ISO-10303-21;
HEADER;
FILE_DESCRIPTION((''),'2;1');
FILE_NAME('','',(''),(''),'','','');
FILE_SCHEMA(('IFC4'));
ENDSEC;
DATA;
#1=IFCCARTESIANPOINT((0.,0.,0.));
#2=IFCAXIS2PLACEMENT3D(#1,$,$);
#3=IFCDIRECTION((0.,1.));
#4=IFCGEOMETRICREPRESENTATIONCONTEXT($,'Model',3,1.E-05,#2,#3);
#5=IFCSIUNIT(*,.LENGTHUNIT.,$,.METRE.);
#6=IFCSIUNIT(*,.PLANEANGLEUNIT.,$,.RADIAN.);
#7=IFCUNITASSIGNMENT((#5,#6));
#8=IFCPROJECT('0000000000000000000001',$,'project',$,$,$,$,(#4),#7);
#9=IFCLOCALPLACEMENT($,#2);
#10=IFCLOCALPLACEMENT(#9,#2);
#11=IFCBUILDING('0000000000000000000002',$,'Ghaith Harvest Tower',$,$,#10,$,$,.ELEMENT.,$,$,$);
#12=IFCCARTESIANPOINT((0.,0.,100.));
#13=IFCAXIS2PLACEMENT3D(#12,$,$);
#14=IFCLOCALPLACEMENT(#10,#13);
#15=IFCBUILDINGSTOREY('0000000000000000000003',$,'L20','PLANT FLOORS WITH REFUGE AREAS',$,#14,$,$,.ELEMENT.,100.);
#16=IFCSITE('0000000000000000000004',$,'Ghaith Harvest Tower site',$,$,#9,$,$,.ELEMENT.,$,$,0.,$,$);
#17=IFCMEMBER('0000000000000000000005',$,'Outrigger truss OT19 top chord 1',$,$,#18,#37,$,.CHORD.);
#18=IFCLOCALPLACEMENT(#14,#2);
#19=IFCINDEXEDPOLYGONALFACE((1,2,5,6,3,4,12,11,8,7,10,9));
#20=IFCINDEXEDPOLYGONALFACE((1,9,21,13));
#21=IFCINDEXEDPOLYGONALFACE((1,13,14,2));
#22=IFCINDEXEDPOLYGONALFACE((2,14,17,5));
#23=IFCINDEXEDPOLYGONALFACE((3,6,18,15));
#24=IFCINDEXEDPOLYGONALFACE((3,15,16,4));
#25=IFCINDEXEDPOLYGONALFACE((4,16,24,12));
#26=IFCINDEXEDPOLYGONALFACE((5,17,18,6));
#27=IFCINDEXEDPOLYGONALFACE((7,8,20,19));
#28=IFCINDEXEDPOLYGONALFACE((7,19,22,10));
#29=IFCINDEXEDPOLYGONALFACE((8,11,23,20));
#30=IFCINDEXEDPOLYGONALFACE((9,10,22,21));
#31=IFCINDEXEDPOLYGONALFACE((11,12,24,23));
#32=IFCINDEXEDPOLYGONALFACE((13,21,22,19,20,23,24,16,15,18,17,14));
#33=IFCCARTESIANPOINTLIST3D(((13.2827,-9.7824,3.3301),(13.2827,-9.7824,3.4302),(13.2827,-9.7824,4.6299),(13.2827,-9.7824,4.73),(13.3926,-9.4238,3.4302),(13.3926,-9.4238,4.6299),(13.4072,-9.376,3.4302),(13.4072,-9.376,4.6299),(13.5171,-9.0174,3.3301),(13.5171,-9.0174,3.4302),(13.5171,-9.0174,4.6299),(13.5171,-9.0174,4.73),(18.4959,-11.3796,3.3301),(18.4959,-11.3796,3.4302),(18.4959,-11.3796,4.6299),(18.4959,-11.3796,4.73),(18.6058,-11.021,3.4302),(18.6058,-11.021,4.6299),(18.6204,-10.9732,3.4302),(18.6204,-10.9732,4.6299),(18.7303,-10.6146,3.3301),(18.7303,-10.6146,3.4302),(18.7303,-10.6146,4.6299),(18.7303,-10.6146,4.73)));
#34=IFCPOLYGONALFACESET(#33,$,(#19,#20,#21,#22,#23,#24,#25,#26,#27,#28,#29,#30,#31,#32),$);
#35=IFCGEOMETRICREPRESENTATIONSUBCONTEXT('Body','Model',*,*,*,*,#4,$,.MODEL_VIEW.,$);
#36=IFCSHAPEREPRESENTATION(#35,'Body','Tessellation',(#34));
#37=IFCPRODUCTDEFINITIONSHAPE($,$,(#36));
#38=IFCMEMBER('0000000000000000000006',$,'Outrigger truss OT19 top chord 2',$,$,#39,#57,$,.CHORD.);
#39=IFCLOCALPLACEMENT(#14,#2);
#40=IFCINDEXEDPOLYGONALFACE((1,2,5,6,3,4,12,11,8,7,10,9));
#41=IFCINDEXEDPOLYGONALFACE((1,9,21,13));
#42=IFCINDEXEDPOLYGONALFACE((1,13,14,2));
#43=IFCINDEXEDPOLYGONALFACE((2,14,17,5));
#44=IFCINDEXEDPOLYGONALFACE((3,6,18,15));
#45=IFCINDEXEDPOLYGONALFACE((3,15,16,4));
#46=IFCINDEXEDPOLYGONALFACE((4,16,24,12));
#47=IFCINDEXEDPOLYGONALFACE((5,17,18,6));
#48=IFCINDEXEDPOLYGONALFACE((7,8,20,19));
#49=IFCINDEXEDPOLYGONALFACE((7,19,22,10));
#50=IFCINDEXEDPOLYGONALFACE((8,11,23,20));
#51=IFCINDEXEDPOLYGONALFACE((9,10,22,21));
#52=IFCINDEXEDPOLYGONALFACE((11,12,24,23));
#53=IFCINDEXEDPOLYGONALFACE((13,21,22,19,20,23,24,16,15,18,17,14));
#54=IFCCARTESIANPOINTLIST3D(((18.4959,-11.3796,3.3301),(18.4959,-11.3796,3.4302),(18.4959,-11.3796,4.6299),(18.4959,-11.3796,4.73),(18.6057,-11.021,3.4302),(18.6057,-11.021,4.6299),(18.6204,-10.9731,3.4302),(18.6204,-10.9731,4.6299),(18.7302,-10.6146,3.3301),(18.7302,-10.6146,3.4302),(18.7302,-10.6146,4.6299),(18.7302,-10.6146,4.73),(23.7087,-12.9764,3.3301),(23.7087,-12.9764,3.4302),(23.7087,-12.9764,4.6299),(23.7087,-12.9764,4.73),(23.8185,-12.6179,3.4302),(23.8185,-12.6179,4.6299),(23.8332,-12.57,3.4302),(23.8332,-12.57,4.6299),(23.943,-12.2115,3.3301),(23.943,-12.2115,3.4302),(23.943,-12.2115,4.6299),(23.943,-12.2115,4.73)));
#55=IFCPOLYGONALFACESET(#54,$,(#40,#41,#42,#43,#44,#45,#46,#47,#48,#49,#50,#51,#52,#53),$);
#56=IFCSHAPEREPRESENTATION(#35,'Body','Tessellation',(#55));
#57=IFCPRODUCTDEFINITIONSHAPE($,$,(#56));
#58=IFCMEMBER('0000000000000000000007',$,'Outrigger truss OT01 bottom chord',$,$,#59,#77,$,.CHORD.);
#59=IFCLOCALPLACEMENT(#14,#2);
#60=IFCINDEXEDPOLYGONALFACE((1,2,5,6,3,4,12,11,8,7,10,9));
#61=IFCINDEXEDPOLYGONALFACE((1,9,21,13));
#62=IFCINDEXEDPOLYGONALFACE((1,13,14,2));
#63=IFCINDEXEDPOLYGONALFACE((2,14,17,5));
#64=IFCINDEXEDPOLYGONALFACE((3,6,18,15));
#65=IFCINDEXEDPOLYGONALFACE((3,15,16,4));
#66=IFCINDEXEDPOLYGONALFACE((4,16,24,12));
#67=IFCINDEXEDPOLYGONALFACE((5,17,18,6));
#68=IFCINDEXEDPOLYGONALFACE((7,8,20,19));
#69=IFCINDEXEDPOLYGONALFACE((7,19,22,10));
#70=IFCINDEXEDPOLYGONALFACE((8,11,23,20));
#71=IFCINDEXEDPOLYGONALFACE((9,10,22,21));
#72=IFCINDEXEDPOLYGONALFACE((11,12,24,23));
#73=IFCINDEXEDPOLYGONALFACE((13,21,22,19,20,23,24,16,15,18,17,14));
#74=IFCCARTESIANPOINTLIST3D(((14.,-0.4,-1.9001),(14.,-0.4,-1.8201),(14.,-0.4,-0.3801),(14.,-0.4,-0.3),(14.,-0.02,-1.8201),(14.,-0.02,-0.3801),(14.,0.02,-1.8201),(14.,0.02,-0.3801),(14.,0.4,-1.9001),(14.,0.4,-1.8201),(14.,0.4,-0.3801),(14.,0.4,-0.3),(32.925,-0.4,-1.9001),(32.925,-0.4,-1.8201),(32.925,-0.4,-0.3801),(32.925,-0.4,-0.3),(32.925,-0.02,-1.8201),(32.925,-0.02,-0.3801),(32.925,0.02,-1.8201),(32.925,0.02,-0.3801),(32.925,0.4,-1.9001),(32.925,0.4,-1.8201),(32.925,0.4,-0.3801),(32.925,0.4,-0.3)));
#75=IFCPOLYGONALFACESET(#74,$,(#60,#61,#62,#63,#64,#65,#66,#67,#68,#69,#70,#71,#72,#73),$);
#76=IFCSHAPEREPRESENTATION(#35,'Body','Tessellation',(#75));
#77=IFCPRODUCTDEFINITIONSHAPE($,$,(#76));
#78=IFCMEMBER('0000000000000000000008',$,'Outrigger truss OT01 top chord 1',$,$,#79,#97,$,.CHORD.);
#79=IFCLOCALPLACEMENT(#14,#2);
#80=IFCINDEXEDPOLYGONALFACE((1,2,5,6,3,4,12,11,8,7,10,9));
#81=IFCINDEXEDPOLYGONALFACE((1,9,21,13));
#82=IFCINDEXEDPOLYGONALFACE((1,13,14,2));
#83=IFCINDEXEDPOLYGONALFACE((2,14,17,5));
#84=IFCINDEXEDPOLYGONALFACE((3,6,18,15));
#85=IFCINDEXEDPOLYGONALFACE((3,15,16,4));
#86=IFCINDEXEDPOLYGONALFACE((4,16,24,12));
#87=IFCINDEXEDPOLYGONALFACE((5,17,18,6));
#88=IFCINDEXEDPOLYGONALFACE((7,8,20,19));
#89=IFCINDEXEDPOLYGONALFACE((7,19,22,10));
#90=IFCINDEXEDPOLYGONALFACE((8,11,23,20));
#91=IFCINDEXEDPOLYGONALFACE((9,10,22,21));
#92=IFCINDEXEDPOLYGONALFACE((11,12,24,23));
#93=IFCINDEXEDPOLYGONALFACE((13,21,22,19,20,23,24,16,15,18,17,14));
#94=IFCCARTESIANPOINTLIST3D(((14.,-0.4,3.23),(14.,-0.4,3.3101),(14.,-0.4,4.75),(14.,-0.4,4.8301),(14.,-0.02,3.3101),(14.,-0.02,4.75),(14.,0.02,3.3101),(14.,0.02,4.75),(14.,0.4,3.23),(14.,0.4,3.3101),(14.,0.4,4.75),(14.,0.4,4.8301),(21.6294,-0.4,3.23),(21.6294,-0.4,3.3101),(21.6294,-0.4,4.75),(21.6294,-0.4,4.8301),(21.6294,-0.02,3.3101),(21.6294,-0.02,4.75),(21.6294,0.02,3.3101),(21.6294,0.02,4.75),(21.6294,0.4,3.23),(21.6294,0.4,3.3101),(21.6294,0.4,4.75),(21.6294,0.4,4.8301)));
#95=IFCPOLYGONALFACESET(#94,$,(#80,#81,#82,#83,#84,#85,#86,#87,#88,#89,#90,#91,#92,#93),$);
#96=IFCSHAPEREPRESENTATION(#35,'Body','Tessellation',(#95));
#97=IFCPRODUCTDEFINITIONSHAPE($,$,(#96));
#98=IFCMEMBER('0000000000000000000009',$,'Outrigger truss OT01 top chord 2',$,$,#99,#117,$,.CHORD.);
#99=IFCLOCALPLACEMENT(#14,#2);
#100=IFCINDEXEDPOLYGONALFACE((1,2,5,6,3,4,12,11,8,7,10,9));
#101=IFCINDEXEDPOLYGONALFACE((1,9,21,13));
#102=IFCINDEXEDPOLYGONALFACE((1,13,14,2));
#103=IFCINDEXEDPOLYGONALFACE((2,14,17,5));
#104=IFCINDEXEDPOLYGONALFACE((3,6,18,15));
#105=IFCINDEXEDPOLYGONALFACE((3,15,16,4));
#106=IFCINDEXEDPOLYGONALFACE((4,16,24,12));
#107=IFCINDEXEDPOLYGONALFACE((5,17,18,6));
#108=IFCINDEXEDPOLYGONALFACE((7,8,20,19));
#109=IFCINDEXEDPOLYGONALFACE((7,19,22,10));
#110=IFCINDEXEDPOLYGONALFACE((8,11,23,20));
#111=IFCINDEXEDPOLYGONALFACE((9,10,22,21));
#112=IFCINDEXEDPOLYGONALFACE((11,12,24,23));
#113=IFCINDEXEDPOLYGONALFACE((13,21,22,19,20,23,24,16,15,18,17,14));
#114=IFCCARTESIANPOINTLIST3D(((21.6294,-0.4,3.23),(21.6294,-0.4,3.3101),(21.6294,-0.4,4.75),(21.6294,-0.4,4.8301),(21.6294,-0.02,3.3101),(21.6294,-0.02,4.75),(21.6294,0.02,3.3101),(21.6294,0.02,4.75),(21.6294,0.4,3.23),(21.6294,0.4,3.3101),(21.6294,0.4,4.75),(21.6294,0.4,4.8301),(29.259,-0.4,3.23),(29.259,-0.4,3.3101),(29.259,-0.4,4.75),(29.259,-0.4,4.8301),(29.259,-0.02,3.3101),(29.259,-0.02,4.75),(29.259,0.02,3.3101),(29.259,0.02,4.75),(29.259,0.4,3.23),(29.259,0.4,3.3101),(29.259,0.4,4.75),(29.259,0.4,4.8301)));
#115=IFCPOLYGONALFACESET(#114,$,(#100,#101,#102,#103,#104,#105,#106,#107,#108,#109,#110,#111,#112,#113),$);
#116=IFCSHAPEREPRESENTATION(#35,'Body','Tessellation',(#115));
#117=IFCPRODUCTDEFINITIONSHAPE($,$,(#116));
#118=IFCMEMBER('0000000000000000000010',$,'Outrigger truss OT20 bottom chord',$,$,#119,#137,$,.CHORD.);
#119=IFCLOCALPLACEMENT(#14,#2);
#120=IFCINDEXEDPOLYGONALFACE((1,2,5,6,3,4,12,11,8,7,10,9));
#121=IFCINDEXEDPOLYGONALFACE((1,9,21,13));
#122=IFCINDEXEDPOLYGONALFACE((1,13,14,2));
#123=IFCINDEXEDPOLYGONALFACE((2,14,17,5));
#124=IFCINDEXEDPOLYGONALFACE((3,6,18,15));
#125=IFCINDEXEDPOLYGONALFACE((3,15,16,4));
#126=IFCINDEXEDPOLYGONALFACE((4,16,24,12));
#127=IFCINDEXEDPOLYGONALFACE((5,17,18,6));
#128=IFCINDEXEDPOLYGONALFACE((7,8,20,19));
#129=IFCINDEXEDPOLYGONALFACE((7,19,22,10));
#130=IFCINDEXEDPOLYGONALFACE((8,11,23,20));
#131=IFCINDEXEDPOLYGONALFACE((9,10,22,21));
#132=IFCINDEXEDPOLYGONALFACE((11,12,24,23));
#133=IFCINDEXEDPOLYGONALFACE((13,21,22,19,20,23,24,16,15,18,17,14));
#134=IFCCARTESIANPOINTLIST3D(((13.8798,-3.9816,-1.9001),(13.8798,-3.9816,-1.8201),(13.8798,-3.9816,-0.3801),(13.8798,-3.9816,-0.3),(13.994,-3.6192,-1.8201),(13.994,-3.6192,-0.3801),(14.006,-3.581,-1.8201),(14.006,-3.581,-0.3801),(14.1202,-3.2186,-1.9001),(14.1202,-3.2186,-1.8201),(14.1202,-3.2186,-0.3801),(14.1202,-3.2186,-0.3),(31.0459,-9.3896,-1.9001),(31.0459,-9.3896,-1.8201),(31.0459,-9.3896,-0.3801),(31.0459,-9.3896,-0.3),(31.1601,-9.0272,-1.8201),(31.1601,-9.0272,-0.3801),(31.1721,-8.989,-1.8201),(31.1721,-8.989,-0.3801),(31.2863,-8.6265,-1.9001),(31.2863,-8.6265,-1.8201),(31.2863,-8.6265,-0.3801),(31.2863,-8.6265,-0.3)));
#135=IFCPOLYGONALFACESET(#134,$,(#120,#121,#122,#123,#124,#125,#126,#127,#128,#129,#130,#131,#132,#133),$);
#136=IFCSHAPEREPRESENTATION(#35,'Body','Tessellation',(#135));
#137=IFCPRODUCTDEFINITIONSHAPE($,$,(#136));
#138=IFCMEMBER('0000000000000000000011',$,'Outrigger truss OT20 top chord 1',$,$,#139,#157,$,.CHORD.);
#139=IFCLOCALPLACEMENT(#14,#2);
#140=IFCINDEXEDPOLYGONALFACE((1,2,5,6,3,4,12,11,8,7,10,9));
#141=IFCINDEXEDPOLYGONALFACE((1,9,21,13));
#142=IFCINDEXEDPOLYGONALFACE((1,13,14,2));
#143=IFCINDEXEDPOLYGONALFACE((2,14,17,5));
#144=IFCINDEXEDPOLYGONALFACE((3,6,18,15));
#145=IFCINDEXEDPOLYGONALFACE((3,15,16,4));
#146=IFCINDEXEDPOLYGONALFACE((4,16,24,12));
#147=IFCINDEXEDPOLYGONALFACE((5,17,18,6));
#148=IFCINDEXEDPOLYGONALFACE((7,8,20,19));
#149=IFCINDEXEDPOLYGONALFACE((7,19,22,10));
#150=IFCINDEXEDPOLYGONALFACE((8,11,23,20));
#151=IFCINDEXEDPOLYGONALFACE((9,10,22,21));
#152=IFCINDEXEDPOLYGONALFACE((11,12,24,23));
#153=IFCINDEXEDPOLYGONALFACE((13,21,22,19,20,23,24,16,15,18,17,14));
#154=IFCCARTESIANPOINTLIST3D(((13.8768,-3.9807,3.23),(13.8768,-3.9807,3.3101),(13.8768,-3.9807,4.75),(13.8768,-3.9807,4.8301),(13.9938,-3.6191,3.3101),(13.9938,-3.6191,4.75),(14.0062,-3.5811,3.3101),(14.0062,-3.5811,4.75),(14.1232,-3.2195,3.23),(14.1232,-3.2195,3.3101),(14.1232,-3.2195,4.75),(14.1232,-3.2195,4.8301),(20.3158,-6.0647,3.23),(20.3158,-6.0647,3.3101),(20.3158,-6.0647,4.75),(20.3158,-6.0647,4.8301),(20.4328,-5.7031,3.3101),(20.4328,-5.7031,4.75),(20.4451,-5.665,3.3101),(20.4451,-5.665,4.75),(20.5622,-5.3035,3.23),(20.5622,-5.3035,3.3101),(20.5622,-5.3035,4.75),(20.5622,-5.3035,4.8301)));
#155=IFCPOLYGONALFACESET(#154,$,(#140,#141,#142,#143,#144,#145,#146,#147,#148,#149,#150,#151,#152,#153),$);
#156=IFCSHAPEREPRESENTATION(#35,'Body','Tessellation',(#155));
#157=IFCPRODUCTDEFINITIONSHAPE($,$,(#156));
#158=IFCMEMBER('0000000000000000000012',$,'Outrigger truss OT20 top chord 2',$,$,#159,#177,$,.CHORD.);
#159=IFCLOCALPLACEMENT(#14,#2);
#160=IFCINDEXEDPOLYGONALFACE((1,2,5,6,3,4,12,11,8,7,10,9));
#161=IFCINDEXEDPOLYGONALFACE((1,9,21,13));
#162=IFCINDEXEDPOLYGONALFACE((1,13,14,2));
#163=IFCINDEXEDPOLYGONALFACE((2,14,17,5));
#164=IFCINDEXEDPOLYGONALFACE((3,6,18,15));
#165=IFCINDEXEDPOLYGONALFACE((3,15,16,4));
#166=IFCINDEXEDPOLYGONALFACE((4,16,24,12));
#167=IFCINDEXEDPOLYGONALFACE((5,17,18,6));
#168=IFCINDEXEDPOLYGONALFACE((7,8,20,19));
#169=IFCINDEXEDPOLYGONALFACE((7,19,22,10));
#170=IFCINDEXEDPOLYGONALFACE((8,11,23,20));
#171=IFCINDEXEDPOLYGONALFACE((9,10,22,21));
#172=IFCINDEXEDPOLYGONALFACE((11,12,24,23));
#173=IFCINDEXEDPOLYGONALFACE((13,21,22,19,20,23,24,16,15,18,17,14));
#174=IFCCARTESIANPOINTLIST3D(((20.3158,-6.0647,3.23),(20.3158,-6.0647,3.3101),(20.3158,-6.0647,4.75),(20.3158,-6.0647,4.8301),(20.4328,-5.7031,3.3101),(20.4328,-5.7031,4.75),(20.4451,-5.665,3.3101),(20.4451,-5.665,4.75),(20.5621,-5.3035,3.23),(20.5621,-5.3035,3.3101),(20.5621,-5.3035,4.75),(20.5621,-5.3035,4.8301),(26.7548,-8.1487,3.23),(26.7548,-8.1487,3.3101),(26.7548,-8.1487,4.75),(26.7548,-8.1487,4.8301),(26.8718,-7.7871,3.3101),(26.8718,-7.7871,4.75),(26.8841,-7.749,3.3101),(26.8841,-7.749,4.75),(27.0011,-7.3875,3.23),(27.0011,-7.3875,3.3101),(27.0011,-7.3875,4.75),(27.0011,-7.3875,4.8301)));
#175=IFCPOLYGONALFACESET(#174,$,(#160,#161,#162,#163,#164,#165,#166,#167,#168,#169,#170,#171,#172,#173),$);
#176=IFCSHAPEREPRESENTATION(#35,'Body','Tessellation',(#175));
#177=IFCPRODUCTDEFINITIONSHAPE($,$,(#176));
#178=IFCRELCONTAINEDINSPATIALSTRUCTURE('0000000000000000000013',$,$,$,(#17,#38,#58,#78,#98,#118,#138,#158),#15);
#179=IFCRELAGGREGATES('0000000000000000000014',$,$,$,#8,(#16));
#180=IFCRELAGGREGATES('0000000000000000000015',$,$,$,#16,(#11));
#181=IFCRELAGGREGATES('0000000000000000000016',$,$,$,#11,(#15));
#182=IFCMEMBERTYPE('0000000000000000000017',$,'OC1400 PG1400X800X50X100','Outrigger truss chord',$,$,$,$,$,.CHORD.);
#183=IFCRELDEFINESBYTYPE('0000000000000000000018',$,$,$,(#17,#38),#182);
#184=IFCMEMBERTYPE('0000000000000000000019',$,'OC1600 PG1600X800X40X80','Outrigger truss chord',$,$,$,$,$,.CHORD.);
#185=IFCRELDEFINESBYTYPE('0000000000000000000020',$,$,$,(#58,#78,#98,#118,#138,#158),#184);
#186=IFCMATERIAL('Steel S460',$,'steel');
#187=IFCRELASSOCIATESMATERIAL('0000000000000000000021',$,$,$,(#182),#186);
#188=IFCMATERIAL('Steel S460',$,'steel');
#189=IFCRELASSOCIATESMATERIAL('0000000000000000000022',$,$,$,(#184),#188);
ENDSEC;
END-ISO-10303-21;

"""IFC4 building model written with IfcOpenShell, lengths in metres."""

from ifc_helpers import new_model, si_unit, direction, frame, origin, origin_2d, place, context, subcontext, project, spatial, i_section, extrude, material, material_profile, profile_set, type_object, element, save


model = new_model("IFC4")

# Units and contexts
model_context = context("Model", 3, precision=1e-05, world=origin(), true_north=direction((0.0, 1.0)))
body_context = subcontext(model_context, "Body", "Model", "MODEL_VIEW")
ifc_project = project(units=[si_unit("LENGTHUNIT", "METRE"), si_unit("PLANEANGLEUNIT", "RADIAN")], contexts=[model_context])

# Site, building, storey
site_placement = place(None, origin())
site = spatial("IfcSite", under=ifc_project, at=site_placement, Name="Ghaith Harvest Tower site", CompositionType="ELEMENT", RefElevation=0.0)
building_placement = place(site_placement, origin())
building = spatial("IfcBuilding", under=site, at=building_placement, Name="Ghaith Harvest Tower", CompositionType="ELEMENT")
storey_placement = place(building_placement, frame((0.0, 0.0, 100.0)))
storey = spatial("IfcBuildingStorey", under=building, at=storey_placement, Name="L20", Description="PLANT FLOORS WITH REFUGE AREAS", CompositionType="ELEMENT", Elevation=100.0)

# Members
ifc_material_1 = material(Name="Steel S460", Category="steel")
ifc_material_profile_1 = material_profile(ifc_material_1, i_section(OverallWidth=0.8, OverallDepth=1.3999, WebThickness=0.05, FlangeThickness=0.1001, at=origin_2d()), Name="PG1400X800X50X100")
ifc_profile_set_1 = profile_set([ifc_material_profile_1], Name="Steel S460")
member_type_1 = type_object("IfcMemberType", Name="OC1400 PG1400X800X50X100", Description="Outrigger truss chord", PredefinedType="CHORD", material=ifc_profile_set_1)
member_1_placement = place(storey_placement, frame((13.3999, -9.3999, 4.03), z_axis=(0.956133, -0.292934, 0.0), x_axis=(0.292934, 0.956133, 0.0)))
element("IfcMember", 1, at=member_1_placement, inside=storey, type_object=member_type_1, Name="Outrigger truss OT19 top chord 1", PredefinedType="CHORD", context=body_context, shape_type="SweptSolid", body=[
    extrude(i_section(OverallWidth=0.8, OverallDepth=1.3999, WebThickness=0.05, FlangeThickness=0.1001, at=origin_2d()), origin(), (0.0, 0.0, 1.0), 5.4524),
])
member_2_placement = place(storey_placement, frame((18.613, -10.9971, 4.03), z_axis=(0.956141, -0.292906, 0.0), x_axis=(0.292906, 0.956141, 0.0)))
element("IfcMember", 2, at=member_2_placement, inside=storey, type_object=member_type_1, Name="Outrigger truss OT19 top chord 2", PredefinedType="CHORD", context=body_context, shape_type="SweptSolid", body=[
    extrude(i_section(OverallWidth=0.8, OverallDepth=1.3999, WebThickness=0.05, FlangeThickness=0.1001, at=origin_2d()), origin(), (0.0, 0.0, 1.0), 5.4519),
])
ifc_material_2 = material(Name="Steel S460", Category="steel")
ifc_material_profile_2 = material_profile(ifc_material_2, i_section(OverallWidth=0.8, OverallDepth=1.6001, WebThickness=0.04, FlangeThickness=0.0801, at=origin_2d()), Name="PG1600X800X40X80")
ifc_profile_set_2 = profile_set([ifc_material_profile_2], Name="Steel S460")
member_type_2 = type_object("IfcMemberType", Name="OC1600 PG1600X800X40X80", Description="Outrigger truss chord", PredefinedType="CHORD", material=ifc_profile_set_2)
member_3_placement = place(storey_placement, frame((14.0, 0.0, -1.1001), z_axis=(1.0, 0.0, 0.0), x_axis=(0.0, 1.0, 0.0)))
element("IfcMember", 3, at=member_3_placement, inside=storey, type_object=member_type_2, Name="Outrigger truss OT01 bottom chord", PredefinedType="CHORD", context=body_context, shape_type="SweptSolid", body=[
    extrude(i_section(OverallWidth=0.8, OverallDepth=1.6001, WebThickness=0.04, FlangeThickness=0.0801, at=origin_2d()), origin(), (0.0, 0.0, 1.0), 18.925),
])
member_4_placement = place(storey_placement, frame((14.0, 0.0, 4.03), z_axis=(1.0, 0.0, 0.0), x_axis=(0.0, 1.0, 0.0)))
element("IfcMember", 4, at=member_4_placement, inside=storey, type_object=member_type_2, Name="Outrigger truss OT01 top chord 1", PredefinedType="CHORD", context=body_context, shape_type="SweptSolid", body=[
    extrude(i_section(OverallWidth=0.8, OverallDepth=1.6001, WebThickness=0.04, FlangeThickness=0.0801, at=origin_2d()), origin(), (0.0, 0.0, 1.0), 7.6294),
])
member_5_placement = place(storey_placement, frame((21.6294, 0.0, 4.03), z_axis=(1.0, 0.0, 0.0), x_axis=(0.0, 1.0, 0.0)))
element("IfcMember", 5, at=member_5_placement, inside=storey, type_object=member_type_2, Name="Outrigger truss OT01 top chord 2", PredefinedType="CHORD", context=body_context, shape_type="SweptSolid", body=[
    extrude(i_section(OverallWidth=0.8, OverallDepth=1.6001, WebThickness=0.04, FlangeThickness=0.0801, at=origin_2d()), origin(), (0.0, 0.0, 1.0), 7.6296),
])
member_6_placement = place(storey_placement, frame((14.0, -3.6001, -1.1001), z_axis=(0.953788, -0.30048, 0.0), x_axis=(0.30048, 0.953788, 0.0)))
element("IfcMember", 6, at=member_6_placement, inside=storey, type_object=member_type_2, Name="Outrigger truss OT20 bottom chord", PredefinedType="CHORD", context=body_context, shape_type="SweptSolid", body=[
    extrude(i_section(OverallWidth=0.8, OverallDepth=1.6001, WebThickness=0.04, FlangeThickness=0.0801, at=origin_2d()), origin(), (0.0, 0.0, 1.0), 17.9978),
])
for number, where, z_axis, x_axis, name in (
    (7, (14.0, -3.6001, 4.03), (0.95141, -0.307926, 0.0), (0.307926, 0.95141, 0.0), "Outrigger truss OT20 top chord 1"),
    (8, (20.439, -5.6841, 4.03), (0.95141, -0.307926, 0.0), (0.307926, 0.95141, 0.0), "Outrigger truss OT20 top chord 2"),
):
    element("IfcMember", number, at=place(storey_placement, frame(where, z_axis=z_axis, x_axis=x_axis)), inside=storey, type_object=member_type_2, Name=name, PredefinedType="CHORD", context=body_context, shape_type="SweptSolid", body=[
        extrude(i_section(OverallWidth=0.8, OverallDepth=1.6001, WebThickness=0.04, FlangeThickness=0.0801, at=origin_2d()), origin(), (0.0, 0.0, 1.0), 6.7678),
    ])

save(model, "model.ifc")
